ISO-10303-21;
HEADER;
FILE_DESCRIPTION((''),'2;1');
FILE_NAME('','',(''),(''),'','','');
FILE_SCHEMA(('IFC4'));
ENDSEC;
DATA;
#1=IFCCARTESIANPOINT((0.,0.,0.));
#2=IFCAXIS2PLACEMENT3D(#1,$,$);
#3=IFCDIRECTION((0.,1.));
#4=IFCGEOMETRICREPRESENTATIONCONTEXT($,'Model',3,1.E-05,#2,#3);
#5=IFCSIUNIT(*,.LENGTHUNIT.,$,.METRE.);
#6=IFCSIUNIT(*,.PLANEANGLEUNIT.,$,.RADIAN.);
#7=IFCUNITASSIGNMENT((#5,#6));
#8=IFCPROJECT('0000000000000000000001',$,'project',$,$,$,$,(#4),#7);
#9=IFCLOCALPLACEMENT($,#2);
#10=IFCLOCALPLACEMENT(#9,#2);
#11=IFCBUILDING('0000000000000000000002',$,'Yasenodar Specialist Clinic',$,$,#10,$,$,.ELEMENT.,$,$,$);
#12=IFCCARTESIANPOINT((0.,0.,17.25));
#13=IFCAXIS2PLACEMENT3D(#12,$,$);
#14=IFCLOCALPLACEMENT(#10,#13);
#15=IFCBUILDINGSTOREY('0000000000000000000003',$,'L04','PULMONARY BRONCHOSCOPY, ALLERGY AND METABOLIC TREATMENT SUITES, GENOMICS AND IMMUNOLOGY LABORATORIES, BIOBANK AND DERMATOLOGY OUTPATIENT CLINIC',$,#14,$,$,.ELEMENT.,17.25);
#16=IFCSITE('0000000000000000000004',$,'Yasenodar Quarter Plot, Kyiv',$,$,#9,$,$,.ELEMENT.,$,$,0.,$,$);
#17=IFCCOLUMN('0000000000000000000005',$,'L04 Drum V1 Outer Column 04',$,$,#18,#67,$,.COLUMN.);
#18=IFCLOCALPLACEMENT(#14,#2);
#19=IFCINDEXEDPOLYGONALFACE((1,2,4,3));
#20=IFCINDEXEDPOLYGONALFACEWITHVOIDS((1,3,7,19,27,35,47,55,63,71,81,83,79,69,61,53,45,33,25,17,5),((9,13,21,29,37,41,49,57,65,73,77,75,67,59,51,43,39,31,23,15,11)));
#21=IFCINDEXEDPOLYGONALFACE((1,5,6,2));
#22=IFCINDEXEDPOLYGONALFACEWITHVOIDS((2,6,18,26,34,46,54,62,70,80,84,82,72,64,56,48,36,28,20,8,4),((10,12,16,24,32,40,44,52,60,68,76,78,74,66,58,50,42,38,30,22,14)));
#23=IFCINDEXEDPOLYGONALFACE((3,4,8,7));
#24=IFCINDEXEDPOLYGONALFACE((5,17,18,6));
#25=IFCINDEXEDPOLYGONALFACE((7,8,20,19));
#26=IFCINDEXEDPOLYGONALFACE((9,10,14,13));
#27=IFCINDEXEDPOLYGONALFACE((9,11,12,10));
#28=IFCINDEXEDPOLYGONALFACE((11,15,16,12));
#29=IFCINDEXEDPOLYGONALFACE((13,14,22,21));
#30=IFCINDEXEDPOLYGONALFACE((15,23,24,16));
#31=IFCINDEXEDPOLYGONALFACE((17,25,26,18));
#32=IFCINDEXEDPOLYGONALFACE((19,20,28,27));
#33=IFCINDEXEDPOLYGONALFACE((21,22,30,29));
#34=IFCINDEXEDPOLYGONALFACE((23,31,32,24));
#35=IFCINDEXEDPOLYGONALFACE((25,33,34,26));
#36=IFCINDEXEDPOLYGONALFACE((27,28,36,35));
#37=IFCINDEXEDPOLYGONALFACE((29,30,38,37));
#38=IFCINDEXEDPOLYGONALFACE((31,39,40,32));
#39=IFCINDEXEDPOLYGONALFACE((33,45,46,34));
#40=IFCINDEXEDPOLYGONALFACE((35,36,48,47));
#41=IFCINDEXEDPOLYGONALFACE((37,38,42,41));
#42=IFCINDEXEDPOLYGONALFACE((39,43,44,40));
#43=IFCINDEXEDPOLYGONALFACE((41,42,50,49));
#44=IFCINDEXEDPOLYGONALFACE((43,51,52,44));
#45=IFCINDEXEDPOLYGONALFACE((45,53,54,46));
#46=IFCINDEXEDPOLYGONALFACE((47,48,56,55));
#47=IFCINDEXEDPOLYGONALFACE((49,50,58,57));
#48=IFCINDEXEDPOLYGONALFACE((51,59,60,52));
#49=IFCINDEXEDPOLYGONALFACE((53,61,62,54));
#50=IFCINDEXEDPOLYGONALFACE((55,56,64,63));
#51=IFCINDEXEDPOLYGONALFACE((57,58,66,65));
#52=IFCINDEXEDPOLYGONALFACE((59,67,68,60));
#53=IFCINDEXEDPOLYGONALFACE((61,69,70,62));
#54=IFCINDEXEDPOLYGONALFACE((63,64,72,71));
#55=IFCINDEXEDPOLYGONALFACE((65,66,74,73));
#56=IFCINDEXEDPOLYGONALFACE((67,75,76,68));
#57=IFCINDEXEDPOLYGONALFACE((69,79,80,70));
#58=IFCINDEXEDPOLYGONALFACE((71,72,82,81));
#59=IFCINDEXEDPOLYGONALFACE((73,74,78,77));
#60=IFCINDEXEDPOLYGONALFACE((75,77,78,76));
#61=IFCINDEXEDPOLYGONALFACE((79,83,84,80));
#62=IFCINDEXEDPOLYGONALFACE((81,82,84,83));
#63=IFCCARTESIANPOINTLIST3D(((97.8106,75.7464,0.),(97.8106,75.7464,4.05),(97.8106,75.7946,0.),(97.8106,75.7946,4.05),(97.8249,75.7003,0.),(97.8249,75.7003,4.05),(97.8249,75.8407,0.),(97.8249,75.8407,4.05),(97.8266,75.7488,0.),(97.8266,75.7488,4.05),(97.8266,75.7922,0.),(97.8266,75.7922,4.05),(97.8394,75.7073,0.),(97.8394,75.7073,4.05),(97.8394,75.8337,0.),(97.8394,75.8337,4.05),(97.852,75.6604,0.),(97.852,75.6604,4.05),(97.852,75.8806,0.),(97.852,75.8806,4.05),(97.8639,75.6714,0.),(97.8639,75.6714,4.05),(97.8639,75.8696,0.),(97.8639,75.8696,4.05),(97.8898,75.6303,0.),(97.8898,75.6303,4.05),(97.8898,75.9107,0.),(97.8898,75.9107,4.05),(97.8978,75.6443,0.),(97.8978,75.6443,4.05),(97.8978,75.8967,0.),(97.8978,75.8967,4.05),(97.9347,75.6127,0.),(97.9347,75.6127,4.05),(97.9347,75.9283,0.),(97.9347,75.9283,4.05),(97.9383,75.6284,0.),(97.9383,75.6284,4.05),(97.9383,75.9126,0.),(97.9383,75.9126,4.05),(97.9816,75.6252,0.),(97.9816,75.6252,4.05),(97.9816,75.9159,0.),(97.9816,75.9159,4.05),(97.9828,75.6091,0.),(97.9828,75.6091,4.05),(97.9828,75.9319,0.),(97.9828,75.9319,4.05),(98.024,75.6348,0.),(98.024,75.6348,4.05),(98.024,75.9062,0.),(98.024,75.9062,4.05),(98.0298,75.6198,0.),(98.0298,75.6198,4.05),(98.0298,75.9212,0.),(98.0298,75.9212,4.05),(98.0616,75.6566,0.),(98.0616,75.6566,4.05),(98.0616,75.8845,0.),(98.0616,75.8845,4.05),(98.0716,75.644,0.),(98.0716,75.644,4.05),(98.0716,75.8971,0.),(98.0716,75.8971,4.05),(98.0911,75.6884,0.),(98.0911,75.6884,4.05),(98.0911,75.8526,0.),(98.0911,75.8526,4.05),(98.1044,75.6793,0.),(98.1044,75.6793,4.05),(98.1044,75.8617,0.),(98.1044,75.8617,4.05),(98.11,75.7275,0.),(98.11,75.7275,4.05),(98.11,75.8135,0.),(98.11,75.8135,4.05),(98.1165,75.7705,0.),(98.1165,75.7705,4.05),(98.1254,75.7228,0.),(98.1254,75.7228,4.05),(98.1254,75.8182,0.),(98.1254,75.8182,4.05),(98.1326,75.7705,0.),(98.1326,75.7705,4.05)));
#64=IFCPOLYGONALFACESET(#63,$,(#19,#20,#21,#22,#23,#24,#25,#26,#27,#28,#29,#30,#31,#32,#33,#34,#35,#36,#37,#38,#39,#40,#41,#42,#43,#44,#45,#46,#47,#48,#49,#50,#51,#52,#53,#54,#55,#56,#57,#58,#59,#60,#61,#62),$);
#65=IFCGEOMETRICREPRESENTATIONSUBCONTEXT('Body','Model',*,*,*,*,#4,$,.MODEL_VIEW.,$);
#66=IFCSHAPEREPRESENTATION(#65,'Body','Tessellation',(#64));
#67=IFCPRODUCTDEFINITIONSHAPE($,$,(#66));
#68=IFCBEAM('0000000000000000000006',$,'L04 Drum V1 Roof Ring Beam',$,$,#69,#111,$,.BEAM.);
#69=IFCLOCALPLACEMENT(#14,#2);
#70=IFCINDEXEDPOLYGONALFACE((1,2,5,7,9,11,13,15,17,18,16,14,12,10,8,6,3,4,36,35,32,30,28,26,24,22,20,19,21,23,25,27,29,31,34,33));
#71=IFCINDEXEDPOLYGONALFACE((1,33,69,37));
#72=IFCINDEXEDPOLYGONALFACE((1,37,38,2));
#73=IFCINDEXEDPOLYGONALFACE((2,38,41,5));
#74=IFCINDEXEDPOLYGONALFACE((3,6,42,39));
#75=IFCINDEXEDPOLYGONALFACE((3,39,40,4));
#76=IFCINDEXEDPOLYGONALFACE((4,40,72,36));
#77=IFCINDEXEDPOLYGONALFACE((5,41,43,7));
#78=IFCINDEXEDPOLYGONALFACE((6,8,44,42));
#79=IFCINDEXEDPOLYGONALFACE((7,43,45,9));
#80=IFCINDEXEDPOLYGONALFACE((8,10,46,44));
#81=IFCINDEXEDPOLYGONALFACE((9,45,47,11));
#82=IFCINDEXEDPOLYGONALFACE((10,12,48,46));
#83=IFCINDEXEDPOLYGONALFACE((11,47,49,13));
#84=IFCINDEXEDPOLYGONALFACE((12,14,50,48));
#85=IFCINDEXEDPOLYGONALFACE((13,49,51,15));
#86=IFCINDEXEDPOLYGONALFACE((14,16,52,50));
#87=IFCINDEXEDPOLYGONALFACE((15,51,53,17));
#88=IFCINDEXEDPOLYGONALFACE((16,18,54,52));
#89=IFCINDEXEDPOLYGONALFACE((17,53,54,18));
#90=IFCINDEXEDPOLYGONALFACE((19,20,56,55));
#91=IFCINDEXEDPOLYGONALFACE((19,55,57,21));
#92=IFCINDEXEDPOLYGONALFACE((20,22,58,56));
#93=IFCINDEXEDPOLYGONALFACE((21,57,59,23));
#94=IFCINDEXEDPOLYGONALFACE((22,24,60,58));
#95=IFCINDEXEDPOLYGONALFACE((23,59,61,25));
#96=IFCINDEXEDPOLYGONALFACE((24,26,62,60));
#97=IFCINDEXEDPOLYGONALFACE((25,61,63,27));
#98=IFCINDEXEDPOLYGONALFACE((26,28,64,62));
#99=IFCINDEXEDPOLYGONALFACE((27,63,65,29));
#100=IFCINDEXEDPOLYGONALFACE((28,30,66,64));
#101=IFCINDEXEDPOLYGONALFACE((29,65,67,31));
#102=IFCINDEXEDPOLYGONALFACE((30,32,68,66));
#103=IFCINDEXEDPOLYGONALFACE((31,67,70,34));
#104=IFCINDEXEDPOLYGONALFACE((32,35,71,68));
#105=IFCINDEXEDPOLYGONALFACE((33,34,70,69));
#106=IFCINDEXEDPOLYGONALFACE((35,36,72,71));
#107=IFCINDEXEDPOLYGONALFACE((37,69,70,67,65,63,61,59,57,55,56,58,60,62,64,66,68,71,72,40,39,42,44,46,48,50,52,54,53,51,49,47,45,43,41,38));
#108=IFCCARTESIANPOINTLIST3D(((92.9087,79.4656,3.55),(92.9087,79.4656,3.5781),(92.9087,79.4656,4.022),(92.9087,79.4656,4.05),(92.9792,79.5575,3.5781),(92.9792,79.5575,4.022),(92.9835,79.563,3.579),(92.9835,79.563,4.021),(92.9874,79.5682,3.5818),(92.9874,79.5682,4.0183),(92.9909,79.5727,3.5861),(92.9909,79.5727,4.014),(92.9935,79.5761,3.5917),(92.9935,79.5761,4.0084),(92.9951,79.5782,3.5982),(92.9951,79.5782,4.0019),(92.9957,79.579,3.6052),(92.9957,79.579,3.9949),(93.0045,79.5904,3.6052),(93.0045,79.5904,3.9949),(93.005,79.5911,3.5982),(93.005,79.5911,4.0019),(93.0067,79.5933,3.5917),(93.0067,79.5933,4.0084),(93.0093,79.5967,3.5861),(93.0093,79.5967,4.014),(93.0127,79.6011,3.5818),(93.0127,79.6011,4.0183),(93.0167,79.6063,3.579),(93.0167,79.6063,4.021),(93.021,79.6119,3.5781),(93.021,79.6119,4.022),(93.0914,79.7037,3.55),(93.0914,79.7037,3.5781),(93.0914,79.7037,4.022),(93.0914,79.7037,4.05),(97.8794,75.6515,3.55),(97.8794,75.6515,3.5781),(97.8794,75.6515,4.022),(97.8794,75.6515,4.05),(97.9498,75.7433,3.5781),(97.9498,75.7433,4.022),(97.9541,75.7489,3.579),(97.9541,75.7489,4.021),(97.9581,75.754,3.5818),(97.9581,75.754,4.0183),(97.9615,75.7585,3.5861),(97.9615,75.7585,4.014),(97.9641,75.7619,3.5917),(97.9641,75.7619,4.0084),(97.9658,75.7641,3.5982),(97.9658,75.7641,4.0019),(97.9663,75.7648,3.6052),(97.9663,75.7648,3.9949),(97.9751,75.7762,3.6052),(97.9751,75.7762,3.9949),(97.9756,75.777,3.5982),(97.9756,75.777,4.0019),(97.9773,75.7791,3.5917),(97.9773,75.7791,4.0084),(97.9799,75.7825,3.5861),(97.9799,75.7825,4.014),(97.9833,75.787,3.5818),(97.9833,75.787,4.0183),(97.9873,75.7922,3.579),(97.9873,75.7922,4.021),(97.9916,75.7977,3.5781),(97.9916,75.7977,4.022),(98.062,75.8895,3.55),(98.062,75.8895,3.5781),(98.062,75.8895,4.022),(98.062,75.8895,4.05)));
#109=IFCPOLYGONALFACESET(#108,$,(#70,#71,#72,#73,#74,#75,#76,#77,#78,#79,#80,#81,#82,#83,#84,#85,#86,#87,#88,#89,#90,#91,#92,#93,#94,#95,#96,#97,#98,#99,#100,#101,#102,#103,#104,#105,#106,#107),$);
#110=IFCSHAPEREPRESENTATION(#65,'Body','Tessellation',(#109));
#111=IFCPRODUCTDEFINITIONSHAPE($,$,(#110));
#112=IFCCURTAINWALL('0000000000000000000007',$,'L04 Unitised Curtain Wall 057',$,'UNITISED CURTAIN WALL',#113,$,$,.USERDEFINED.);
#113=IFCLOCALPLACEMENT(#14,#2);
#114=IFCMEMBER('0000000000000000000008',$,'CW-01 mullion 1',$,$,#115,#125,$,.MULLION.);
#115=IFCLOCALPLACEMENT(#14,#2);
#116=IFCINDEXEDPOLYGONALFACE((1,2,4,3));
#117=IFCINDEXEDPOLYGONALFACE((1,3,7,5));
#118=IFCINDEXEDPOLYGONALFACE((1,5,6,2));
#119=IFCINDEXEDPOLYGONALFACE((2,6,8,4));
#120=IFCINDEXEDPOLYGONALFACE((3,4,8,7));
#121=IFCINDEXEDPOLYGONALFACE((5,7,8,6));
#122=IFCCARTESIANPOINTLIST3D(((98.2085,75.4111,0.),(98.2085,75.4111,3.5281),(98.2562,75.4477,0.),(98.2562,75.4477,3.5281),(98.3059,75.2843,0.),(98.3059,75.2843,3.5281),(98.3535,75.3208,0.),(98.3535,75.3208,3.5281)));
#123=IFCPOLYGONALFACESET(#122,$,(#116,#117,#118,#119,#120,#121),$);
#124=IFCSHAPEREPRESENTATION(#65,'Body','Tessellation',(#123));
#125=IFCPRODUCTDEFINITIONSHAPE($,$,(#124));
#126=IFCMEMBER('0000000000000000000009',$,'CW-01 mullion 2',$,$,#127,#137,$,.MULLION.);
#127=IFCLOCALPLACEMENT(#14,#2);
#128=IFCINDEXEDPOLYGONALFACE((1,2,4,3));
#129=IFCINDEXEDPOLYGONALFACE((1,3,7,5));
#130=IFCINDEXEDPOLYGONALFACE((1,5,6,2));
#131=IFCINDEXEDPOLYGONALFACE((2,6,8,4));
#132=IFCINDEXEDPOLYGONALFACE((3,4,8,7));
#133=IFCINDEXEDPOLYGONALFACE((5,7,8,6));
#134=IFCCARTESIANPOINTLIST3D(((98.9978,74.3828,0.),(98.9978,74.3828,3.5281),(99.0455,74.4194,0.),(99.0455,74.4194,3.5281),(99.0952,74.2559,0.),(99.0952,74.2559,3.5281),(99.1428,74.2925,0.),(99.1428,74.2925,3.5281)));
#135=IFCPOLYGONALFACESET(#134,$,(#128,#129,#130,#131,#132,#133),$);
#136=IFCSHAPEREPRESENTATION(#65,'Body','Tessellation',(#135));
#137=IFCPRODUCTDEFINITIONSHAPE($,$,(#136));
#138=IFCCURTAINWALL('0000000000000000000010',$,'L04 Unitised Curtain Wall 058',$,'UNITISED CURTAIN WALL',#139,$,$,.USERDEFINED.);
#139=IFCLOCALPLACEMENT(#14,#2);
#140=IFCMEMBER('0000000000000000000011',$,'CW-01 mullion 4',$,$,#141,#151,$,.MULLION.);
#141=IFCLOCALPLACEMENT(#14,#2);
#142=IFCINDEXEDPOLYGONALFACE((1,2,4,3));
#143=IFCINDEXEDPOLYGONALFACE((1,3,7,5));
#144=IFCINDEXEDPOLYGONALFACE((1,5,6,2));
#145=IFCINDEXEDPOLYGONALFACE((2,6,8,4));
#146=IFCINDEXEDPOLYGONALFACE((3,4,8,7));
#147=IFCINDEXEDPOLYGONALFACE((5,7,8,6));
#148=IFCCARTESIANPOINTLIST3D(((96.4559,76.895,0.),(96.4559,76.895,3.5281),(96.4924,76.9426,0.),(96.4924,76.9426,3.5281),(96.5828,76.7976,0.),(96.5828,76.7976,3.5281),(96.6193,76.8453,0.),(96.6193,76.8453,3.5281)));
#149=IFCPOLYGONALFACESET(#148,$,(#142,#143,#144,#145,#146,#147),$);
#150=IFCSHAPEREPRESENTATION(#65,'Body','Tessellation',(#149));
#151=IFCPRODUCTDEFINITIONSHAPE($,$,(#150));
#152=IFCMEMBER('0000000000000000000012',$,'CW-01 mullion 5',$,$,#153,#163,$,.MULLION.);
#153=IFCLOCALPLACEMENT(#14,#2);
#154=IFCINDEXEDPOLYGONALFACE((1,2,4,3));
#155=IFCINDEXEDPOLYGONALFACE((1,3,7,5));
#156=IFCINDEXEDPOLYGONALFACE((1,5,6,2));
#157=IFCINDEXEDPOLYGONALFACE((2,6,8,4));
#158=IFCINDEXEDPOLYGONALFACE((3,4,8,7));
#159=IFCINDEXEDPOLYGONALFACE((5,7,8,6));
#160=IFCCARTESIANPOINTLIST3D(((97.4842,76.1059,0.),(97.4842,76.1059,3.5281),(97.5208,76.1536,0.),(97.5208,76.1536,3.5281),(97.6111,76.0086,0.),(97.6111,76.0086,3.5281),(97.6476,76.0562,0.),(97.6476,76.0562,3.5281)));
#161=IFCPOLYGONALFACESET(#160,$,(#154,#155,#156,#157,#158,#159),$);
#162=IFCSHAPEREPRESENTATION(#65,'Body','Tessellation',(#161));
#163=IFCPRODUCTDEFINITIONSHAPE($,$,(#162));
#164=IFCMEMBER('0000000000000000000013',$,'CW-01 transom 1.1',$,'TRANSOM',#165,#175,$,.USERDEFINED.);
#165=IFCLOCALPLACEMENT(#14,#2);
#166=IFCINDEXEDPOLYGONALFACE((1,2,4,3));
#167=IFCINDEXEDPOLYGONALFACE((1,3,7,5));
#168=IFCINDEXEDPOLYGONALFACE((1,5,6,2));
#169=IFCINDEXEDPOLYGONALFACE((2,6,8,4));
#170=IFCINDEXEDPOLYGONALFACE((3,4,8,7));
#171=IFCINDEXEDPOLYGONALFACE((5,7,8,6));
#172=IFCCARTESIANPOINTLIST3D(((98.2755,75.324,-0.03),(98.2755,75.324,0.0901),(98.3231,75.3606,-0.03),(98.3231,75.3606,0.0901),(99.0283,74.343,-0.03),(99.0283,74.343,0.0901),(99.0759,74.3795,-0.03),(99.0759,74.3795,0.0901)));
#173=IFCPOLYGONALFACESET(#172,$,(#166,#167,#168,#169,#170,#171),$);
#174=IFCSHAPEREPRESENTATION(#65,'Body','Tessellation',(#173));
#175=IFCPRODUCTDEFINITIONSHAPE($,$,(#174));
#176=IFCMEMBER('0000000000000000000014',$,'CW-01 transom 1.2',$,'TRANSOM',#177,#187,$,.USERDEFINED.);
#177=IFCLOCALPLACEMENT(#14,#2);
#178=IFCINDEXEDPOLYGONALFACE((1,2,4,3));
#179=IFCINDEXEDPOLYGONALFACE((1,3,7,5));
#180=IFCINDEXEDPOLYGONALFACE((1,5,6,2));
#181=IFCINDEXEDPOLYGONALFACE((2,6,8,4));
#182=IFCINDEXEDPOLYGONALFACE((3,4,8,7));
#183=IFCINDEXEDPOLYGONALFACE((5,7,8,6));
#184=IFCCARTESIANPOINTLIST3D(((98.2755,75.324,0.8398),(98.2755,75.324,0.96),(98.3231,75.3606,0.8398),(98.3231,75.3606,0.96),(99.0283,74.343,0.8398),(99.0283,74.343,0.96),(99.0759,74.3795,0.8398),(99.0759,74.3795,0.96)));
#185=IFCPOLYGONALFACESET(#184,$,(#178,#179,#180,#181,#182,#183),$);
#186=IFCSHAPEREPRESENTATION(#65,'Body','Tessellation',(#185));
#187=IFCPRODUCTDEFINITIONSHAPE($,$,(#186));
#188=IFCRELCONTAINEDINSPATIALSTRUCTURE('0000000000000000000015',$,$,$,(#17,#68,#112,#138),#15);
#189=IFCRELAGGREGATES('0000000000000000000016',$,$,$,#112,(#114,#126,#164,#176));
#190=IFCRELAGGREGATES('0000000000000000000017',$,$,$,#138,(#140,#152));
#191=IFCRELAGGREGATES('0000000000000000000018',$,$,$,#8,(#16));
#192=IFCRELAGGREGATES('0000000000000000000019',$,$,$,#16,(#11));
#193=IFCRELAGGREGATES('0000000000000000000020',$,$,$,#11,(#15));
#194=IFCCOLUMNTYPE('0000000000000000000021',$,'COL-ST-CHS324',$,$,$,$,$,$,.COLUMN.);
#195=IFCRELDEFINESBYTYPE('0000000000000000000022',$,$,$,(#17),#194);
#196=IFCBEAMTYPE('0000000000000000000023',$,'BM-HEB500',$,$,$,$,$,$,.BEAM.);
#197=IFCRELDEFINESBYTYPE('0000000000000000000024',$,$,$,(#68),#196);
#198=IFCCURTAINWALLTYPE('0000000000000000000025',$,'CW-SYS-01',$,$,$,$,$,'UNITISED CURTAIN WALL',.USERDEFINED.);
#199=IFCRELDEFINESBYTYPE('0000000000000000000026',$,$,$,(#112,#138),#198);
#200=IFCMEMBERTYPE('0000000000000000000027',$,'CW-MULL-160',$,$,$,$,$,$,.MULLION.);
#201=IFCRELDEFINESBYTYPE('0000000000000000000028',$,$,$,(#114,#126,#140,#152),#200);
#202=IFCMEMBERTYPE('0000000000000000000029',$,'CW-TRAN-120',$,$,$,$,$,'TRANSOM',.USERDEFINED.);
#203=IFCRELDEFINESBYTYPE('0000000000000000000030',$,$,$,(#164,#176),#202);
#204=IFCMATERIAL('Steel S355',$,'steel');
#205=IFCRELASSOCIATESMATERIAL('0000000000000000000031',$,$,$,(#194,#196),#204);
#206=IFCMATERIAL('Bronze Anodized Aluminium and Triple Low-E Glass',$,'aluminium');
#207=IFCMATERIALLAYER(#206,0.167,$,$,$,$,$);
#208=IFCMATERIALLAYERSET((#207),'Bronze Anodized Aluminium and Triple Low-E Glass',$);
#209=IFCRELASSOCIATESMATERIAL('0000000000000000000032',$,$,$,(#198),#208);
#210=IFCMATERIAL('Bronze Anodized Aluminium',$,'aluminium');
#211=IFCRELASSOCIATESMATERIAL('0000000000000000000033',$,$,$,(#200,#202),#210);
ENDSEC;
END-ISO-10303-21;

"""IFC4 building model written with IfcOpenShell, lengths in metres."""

from ifc_helpers import new_model, si_unit, direction, frame, origin, origin_2d, place, context, subcontext, project, spatial, rectangle, hollow_circle, i_section, extrude, material, layer, layer_set, material_profile, profile_set, type_object, element, aggregate, save


model = new_model("IFC4")

# Units and contexts
model_context = context("Model", 3, precision=1e-05, world=origin(), true_north=direction((0.0, 1.0)))
body_context = subcontext(model_context, "Body", "Model", "MODEL_VIEW")
ifc_project = project(units=[si_unit("LENGTHUNIT", "METRE"), si_unit("PLANEANGLEUNIT", "RADIAN")], contexts=[model_context])

# Site, building, storey
site_placement = place(None, origin())
site = spatial("IfcSite", under=ifc_project, at=site_placement, Name="Yasenodar Quarter Plot, Kyiv", CompositionType="ELEMENT", RefElevation=0.0)
building_placement = place(site_placement, origin())
building = spatial("IfcBuilding", under=site, at=building_placement, Name="Yasenodar Specialist Clinic", CompositionType="ELEMENT")
storey_placement = place(building_placement, frame((0.0, 0.0, 17.25)))
storey = spatial("IfcBuildingStorey", under=building, at=storey_placement, Name="L04", Description="PULMONARY BRONCHOSCOPY, ALLERGY AND METABOLIC TREATMENT SUITES, GENOMICS AND IMMUNOLOGY LABORATORIES, BIOBANK AND DERMATOLOGY OUTPATIENT CLINIC", CompositionType="ELEMENT", Elevation=17.25)

# Column
ifc_material_1 = material(Name="Steel S355", Category="steel")
ifc_material_profile_1 = material_profile(ifc_material_1, hollow_circle(Radius=0.1619, WallThickness=0.0161, at=origin_2d()), Name="CHS 323.9x16")
ifc_profile_set_1 = profile_set([ifc_material_profile_1], Name="Steel S355")
column_type = type_object("IfcColumnType", Name="COL-ST-CHS324", PredefinedType="COLUMN", material=ifc_profile_set_1)
column_placement = place(storey_placement, frame((97.9707, 75.7705, 0.0), z_axis=(0.0, 0.0, 1.0), x_axis=(1.0, 0.0, 0.0)))
element("IfcColumn", 1, at=column_placement, inside=storey, type_object=column_type, Name="L04 Drum V1 Outer Column 04", PredefinedType="COLUMN", context=body_context, shape_type="SweptSolid", body=[
    extrude(hollow_circle(Radius=0.1619, WallThickness=0.0161, at=origin_2d()), origin(), (0.0, 0.0, 1.0), 4.05),
])

# Beam
ifc_material_profile_2 = material_profile(ifc_material_1, i_section(OverallWidth=0.3, OverallDepth=0.5, WebThickness=0.0144, FlangeThickness=0.0281, FilletRadius=0.0271, at=origin_2d()), Name="HEB 500")
ifc_profile_set_2 = profile_set([ifc_material_profile_2], Name="Steel S355")
beam_type = type_object("IfcBeamType", Name="BM-HEB500", PredefinedType="BEAM", material=ifc_profile_set_2)
beam_placement = place(storey_placement, frame((97.9707, 75.7705, 3.8), z_axis=(-0.793349, 0.608767, 0.0), x_axis=(-0.608767, -0.793349, 0.0)))
element("IfcBeam", 2, at=beam_placement, inside=storey, type_object=beam_type, Name="L04 Drum V1 Roof Ring Beam", PredefinedType="BEAM", context=body_context, shape_type="SweptSolid", body=[
    extrude(i_section(OverallWidth=0.3, OverallDepth=0.5, WebThickness=0.0144, FlangeThickness=0.0281, FilletRadius=0.0271, at=origin_2d()), origin(), (0.0, 0.0, 1.0), 6.2654),
])

# Curtain walls, members
ifc_material_2 = material(Name="Bronze Anodized Aluminium and Triple Low-E Glass", Category="aluminium")
ifc_layer_1 = layer(ifc_material_2, 0.167)
ifc_layer_set_1 = layer_set([ifc_layer_1], Name="Bronze Anodized Aluminium and Triple Low-E Glass")
curtain_wall_type = type_object("IfcCurtainWallType", Name="CW-SYS-01", ElementType="UNITISED CURTAIN WALL", PredefinedType="USERDEFINED", material=ifc_layer_set_1)
curtain_wall_1_placement = place(storey_placement, origin())
curtain_wall_1 = element("IfcCurtainWall", 3, at=curtain_wall_1_placement, inside=storey, type_object=curtain_wall_type, Name="L04 Unitised Curtain Wall 057", ObjectType="UNITISED CURTAIN WALL", PredefinedType="USERDEFINED")
ifc_material_3 = material(Name="Bronze Anodized Aluminium", Category="aluminium")
ifc_material_profile_3 = material_profile(ifc_material_3, rectangle(XDim=0.0601, YDim=0.1599, at=origin_2d()), Name="CW-MULL 60x160")
ifc_profile_set_3 = profile_set([ifc_material_profile_3], Name="Bronze Anodized Aluminium")
member_type_1 = type_object("IfcMemberType", Name="CW-MULL-160", PredefinedType="MULLION", material=ifc_profile_set_3)
member_1_placement = place(storey_placement, frame((98.281, 75.366, 0.0), z_axis=(0.0, 0.0, 1.0), x_axis=(0.793361, 0.608752, 0.0)))
member_1 = element("IfcMember", 4, at=member_1_placement, type_object=member_type_1, Name="CW-01 mullion 1", PredefinedType="MULLION", context=body_context, shape_type="SweptSolid", body=[
    extrude(rectangle(XDim=0.0601, YDim=0.1599, at=origin_2d()), origin(), (0.0, 0.0, 1.0), 3.5281),
])
member_2_placement = place(storey_placement, frame((99.0703, 74.3376, 0.0), z_axis=(0.0, 0.0, 1.0), x_axis=(0.793361, 0.608752, 0.0)))
member_2 = element("IfcMember", 5, at=member_2_placement, type_object=member_type_1, Name="CW-01 mullion 2", PredefinedType="MULLION", context=body_context, shape_type="SweptSolid", body=[
    extrude(rectangle(XDim=0.0601, YDim=0.1599, at=origin_2d()), origin(), (0.0, 0.0, 1.0), 3.5281),
])
curtain_wall_2_placement = place(storey_placement, origin())
curtain_wall_2 = element("IfcCurtainWall", 6, at=curtain_wall_2_placement, inside=storey, type_object=curtain_wall_type, Name="L04 Unitised Curtain Wall 058", ObjectType="UNITISED CURTAIN WALL", PredefinedType="USERDEFINED")
member_3_placement = place(storey_placement, frame((96.5376, 76.8701, 0.0), z_axis=(0.0, 0.0, 1.0), x_axis=(0.608752, 0.793361, 0.0)))
member_3 = element("IfcMember", 7, at=member_3_placement, type_object=member_type_1, Name="CW-01 mullion 4", PredefinedType="MULLION", context=body_context, shape_type="SweptSolid", body=[
    extrude(rectangle(XDim=0.0601, YDim=0.1599, at=origin_2d()), origin(), (0.0, 0.0, 1.0), 3.5281),
])
member_4_placement = place(storey_placement, frame((97.5659, 76.0811, 0.0), z_axis=(0.0, 0.0, 1.0), x_axis=(0.608752, 0.793361, 0.0)))
member_4 = element("IfcMember", 8, at=member_4_placement, type_object=member_type_1, Name="CW-01 mullion 5", PredefinedType="MULLION", context=body_context, shape_type="SweptSolid", body=[
    extrude(rectangle(XDim=0.0601, YDim=0.1599, at=origin_2d()), origin(), (0.0, 0.0, 1.0), 3.5281),
])

# Members
ifc_material_profile_4 = material_profile(ifc_material_3, rectangle(XDim=0.0601, YDim=0.1201, at=origin_2d()), Name="CW-TRAN 60x120")
ifc_profile_set_4 = profile_set([ifc_material_profile_4], Name="Bronze Anodized Aluminium")
member_type_2 = type_object("IfcMemberType", Name="CW-TRAN-120", ElementType="TRANSOM", PredefinedType="USERDEFINED", material=ifc_profile_set_4)
member_5_placement = place(storey_placement, frame((98.2993, 75.3423, 0.03), z_axis=(0.608747, -0.793365, 0.0), x_axis=(0.793365, 0.608747, 0.0)))
member_5 = element("IfcMember", 9, at=member_5_placement, type_object=member_type_2, Name="CW-01 transom 1.1", ObjectType="TRANSOM", PredefinedType="USERDEFINED", context=body_context, shape_type="SweptSolid", body=[
    extrude(rectangle(XDim=0.0601, YDim=0.1201, at=origin_2d()), origin(), (0.0, 0.0, 1.0), 1.2366),
])
member_6_placement = place(storey_placement, frame((98.2993, 75.3423, 0.8999), z_axis=(0.608747, -0.793365, 0.0), x_axis=(0.793365, 0.608747, 0.0)))
member_6 = element("IfcMember", 10, at=member_6_placement, type_object=member_type_2, Name="CW-01 transom 1.2", ObjectType="TRANSOM", PredefinedType="USERDEFINED", context=body_context, shape_type="SweptSolid", body=[
    extrude(rectangle(XDim=0.0601, YDim=0.1201, at=origin_2d()), origin(), (0.0, 0.0, 1.0), 1.2366),
])

aggregate(curtain_wall_1, [member_1, member_2, member_5, member_6])
aggregate(curtain_wall_2, [member_3, member_4])

save(model, "model.ifc")
